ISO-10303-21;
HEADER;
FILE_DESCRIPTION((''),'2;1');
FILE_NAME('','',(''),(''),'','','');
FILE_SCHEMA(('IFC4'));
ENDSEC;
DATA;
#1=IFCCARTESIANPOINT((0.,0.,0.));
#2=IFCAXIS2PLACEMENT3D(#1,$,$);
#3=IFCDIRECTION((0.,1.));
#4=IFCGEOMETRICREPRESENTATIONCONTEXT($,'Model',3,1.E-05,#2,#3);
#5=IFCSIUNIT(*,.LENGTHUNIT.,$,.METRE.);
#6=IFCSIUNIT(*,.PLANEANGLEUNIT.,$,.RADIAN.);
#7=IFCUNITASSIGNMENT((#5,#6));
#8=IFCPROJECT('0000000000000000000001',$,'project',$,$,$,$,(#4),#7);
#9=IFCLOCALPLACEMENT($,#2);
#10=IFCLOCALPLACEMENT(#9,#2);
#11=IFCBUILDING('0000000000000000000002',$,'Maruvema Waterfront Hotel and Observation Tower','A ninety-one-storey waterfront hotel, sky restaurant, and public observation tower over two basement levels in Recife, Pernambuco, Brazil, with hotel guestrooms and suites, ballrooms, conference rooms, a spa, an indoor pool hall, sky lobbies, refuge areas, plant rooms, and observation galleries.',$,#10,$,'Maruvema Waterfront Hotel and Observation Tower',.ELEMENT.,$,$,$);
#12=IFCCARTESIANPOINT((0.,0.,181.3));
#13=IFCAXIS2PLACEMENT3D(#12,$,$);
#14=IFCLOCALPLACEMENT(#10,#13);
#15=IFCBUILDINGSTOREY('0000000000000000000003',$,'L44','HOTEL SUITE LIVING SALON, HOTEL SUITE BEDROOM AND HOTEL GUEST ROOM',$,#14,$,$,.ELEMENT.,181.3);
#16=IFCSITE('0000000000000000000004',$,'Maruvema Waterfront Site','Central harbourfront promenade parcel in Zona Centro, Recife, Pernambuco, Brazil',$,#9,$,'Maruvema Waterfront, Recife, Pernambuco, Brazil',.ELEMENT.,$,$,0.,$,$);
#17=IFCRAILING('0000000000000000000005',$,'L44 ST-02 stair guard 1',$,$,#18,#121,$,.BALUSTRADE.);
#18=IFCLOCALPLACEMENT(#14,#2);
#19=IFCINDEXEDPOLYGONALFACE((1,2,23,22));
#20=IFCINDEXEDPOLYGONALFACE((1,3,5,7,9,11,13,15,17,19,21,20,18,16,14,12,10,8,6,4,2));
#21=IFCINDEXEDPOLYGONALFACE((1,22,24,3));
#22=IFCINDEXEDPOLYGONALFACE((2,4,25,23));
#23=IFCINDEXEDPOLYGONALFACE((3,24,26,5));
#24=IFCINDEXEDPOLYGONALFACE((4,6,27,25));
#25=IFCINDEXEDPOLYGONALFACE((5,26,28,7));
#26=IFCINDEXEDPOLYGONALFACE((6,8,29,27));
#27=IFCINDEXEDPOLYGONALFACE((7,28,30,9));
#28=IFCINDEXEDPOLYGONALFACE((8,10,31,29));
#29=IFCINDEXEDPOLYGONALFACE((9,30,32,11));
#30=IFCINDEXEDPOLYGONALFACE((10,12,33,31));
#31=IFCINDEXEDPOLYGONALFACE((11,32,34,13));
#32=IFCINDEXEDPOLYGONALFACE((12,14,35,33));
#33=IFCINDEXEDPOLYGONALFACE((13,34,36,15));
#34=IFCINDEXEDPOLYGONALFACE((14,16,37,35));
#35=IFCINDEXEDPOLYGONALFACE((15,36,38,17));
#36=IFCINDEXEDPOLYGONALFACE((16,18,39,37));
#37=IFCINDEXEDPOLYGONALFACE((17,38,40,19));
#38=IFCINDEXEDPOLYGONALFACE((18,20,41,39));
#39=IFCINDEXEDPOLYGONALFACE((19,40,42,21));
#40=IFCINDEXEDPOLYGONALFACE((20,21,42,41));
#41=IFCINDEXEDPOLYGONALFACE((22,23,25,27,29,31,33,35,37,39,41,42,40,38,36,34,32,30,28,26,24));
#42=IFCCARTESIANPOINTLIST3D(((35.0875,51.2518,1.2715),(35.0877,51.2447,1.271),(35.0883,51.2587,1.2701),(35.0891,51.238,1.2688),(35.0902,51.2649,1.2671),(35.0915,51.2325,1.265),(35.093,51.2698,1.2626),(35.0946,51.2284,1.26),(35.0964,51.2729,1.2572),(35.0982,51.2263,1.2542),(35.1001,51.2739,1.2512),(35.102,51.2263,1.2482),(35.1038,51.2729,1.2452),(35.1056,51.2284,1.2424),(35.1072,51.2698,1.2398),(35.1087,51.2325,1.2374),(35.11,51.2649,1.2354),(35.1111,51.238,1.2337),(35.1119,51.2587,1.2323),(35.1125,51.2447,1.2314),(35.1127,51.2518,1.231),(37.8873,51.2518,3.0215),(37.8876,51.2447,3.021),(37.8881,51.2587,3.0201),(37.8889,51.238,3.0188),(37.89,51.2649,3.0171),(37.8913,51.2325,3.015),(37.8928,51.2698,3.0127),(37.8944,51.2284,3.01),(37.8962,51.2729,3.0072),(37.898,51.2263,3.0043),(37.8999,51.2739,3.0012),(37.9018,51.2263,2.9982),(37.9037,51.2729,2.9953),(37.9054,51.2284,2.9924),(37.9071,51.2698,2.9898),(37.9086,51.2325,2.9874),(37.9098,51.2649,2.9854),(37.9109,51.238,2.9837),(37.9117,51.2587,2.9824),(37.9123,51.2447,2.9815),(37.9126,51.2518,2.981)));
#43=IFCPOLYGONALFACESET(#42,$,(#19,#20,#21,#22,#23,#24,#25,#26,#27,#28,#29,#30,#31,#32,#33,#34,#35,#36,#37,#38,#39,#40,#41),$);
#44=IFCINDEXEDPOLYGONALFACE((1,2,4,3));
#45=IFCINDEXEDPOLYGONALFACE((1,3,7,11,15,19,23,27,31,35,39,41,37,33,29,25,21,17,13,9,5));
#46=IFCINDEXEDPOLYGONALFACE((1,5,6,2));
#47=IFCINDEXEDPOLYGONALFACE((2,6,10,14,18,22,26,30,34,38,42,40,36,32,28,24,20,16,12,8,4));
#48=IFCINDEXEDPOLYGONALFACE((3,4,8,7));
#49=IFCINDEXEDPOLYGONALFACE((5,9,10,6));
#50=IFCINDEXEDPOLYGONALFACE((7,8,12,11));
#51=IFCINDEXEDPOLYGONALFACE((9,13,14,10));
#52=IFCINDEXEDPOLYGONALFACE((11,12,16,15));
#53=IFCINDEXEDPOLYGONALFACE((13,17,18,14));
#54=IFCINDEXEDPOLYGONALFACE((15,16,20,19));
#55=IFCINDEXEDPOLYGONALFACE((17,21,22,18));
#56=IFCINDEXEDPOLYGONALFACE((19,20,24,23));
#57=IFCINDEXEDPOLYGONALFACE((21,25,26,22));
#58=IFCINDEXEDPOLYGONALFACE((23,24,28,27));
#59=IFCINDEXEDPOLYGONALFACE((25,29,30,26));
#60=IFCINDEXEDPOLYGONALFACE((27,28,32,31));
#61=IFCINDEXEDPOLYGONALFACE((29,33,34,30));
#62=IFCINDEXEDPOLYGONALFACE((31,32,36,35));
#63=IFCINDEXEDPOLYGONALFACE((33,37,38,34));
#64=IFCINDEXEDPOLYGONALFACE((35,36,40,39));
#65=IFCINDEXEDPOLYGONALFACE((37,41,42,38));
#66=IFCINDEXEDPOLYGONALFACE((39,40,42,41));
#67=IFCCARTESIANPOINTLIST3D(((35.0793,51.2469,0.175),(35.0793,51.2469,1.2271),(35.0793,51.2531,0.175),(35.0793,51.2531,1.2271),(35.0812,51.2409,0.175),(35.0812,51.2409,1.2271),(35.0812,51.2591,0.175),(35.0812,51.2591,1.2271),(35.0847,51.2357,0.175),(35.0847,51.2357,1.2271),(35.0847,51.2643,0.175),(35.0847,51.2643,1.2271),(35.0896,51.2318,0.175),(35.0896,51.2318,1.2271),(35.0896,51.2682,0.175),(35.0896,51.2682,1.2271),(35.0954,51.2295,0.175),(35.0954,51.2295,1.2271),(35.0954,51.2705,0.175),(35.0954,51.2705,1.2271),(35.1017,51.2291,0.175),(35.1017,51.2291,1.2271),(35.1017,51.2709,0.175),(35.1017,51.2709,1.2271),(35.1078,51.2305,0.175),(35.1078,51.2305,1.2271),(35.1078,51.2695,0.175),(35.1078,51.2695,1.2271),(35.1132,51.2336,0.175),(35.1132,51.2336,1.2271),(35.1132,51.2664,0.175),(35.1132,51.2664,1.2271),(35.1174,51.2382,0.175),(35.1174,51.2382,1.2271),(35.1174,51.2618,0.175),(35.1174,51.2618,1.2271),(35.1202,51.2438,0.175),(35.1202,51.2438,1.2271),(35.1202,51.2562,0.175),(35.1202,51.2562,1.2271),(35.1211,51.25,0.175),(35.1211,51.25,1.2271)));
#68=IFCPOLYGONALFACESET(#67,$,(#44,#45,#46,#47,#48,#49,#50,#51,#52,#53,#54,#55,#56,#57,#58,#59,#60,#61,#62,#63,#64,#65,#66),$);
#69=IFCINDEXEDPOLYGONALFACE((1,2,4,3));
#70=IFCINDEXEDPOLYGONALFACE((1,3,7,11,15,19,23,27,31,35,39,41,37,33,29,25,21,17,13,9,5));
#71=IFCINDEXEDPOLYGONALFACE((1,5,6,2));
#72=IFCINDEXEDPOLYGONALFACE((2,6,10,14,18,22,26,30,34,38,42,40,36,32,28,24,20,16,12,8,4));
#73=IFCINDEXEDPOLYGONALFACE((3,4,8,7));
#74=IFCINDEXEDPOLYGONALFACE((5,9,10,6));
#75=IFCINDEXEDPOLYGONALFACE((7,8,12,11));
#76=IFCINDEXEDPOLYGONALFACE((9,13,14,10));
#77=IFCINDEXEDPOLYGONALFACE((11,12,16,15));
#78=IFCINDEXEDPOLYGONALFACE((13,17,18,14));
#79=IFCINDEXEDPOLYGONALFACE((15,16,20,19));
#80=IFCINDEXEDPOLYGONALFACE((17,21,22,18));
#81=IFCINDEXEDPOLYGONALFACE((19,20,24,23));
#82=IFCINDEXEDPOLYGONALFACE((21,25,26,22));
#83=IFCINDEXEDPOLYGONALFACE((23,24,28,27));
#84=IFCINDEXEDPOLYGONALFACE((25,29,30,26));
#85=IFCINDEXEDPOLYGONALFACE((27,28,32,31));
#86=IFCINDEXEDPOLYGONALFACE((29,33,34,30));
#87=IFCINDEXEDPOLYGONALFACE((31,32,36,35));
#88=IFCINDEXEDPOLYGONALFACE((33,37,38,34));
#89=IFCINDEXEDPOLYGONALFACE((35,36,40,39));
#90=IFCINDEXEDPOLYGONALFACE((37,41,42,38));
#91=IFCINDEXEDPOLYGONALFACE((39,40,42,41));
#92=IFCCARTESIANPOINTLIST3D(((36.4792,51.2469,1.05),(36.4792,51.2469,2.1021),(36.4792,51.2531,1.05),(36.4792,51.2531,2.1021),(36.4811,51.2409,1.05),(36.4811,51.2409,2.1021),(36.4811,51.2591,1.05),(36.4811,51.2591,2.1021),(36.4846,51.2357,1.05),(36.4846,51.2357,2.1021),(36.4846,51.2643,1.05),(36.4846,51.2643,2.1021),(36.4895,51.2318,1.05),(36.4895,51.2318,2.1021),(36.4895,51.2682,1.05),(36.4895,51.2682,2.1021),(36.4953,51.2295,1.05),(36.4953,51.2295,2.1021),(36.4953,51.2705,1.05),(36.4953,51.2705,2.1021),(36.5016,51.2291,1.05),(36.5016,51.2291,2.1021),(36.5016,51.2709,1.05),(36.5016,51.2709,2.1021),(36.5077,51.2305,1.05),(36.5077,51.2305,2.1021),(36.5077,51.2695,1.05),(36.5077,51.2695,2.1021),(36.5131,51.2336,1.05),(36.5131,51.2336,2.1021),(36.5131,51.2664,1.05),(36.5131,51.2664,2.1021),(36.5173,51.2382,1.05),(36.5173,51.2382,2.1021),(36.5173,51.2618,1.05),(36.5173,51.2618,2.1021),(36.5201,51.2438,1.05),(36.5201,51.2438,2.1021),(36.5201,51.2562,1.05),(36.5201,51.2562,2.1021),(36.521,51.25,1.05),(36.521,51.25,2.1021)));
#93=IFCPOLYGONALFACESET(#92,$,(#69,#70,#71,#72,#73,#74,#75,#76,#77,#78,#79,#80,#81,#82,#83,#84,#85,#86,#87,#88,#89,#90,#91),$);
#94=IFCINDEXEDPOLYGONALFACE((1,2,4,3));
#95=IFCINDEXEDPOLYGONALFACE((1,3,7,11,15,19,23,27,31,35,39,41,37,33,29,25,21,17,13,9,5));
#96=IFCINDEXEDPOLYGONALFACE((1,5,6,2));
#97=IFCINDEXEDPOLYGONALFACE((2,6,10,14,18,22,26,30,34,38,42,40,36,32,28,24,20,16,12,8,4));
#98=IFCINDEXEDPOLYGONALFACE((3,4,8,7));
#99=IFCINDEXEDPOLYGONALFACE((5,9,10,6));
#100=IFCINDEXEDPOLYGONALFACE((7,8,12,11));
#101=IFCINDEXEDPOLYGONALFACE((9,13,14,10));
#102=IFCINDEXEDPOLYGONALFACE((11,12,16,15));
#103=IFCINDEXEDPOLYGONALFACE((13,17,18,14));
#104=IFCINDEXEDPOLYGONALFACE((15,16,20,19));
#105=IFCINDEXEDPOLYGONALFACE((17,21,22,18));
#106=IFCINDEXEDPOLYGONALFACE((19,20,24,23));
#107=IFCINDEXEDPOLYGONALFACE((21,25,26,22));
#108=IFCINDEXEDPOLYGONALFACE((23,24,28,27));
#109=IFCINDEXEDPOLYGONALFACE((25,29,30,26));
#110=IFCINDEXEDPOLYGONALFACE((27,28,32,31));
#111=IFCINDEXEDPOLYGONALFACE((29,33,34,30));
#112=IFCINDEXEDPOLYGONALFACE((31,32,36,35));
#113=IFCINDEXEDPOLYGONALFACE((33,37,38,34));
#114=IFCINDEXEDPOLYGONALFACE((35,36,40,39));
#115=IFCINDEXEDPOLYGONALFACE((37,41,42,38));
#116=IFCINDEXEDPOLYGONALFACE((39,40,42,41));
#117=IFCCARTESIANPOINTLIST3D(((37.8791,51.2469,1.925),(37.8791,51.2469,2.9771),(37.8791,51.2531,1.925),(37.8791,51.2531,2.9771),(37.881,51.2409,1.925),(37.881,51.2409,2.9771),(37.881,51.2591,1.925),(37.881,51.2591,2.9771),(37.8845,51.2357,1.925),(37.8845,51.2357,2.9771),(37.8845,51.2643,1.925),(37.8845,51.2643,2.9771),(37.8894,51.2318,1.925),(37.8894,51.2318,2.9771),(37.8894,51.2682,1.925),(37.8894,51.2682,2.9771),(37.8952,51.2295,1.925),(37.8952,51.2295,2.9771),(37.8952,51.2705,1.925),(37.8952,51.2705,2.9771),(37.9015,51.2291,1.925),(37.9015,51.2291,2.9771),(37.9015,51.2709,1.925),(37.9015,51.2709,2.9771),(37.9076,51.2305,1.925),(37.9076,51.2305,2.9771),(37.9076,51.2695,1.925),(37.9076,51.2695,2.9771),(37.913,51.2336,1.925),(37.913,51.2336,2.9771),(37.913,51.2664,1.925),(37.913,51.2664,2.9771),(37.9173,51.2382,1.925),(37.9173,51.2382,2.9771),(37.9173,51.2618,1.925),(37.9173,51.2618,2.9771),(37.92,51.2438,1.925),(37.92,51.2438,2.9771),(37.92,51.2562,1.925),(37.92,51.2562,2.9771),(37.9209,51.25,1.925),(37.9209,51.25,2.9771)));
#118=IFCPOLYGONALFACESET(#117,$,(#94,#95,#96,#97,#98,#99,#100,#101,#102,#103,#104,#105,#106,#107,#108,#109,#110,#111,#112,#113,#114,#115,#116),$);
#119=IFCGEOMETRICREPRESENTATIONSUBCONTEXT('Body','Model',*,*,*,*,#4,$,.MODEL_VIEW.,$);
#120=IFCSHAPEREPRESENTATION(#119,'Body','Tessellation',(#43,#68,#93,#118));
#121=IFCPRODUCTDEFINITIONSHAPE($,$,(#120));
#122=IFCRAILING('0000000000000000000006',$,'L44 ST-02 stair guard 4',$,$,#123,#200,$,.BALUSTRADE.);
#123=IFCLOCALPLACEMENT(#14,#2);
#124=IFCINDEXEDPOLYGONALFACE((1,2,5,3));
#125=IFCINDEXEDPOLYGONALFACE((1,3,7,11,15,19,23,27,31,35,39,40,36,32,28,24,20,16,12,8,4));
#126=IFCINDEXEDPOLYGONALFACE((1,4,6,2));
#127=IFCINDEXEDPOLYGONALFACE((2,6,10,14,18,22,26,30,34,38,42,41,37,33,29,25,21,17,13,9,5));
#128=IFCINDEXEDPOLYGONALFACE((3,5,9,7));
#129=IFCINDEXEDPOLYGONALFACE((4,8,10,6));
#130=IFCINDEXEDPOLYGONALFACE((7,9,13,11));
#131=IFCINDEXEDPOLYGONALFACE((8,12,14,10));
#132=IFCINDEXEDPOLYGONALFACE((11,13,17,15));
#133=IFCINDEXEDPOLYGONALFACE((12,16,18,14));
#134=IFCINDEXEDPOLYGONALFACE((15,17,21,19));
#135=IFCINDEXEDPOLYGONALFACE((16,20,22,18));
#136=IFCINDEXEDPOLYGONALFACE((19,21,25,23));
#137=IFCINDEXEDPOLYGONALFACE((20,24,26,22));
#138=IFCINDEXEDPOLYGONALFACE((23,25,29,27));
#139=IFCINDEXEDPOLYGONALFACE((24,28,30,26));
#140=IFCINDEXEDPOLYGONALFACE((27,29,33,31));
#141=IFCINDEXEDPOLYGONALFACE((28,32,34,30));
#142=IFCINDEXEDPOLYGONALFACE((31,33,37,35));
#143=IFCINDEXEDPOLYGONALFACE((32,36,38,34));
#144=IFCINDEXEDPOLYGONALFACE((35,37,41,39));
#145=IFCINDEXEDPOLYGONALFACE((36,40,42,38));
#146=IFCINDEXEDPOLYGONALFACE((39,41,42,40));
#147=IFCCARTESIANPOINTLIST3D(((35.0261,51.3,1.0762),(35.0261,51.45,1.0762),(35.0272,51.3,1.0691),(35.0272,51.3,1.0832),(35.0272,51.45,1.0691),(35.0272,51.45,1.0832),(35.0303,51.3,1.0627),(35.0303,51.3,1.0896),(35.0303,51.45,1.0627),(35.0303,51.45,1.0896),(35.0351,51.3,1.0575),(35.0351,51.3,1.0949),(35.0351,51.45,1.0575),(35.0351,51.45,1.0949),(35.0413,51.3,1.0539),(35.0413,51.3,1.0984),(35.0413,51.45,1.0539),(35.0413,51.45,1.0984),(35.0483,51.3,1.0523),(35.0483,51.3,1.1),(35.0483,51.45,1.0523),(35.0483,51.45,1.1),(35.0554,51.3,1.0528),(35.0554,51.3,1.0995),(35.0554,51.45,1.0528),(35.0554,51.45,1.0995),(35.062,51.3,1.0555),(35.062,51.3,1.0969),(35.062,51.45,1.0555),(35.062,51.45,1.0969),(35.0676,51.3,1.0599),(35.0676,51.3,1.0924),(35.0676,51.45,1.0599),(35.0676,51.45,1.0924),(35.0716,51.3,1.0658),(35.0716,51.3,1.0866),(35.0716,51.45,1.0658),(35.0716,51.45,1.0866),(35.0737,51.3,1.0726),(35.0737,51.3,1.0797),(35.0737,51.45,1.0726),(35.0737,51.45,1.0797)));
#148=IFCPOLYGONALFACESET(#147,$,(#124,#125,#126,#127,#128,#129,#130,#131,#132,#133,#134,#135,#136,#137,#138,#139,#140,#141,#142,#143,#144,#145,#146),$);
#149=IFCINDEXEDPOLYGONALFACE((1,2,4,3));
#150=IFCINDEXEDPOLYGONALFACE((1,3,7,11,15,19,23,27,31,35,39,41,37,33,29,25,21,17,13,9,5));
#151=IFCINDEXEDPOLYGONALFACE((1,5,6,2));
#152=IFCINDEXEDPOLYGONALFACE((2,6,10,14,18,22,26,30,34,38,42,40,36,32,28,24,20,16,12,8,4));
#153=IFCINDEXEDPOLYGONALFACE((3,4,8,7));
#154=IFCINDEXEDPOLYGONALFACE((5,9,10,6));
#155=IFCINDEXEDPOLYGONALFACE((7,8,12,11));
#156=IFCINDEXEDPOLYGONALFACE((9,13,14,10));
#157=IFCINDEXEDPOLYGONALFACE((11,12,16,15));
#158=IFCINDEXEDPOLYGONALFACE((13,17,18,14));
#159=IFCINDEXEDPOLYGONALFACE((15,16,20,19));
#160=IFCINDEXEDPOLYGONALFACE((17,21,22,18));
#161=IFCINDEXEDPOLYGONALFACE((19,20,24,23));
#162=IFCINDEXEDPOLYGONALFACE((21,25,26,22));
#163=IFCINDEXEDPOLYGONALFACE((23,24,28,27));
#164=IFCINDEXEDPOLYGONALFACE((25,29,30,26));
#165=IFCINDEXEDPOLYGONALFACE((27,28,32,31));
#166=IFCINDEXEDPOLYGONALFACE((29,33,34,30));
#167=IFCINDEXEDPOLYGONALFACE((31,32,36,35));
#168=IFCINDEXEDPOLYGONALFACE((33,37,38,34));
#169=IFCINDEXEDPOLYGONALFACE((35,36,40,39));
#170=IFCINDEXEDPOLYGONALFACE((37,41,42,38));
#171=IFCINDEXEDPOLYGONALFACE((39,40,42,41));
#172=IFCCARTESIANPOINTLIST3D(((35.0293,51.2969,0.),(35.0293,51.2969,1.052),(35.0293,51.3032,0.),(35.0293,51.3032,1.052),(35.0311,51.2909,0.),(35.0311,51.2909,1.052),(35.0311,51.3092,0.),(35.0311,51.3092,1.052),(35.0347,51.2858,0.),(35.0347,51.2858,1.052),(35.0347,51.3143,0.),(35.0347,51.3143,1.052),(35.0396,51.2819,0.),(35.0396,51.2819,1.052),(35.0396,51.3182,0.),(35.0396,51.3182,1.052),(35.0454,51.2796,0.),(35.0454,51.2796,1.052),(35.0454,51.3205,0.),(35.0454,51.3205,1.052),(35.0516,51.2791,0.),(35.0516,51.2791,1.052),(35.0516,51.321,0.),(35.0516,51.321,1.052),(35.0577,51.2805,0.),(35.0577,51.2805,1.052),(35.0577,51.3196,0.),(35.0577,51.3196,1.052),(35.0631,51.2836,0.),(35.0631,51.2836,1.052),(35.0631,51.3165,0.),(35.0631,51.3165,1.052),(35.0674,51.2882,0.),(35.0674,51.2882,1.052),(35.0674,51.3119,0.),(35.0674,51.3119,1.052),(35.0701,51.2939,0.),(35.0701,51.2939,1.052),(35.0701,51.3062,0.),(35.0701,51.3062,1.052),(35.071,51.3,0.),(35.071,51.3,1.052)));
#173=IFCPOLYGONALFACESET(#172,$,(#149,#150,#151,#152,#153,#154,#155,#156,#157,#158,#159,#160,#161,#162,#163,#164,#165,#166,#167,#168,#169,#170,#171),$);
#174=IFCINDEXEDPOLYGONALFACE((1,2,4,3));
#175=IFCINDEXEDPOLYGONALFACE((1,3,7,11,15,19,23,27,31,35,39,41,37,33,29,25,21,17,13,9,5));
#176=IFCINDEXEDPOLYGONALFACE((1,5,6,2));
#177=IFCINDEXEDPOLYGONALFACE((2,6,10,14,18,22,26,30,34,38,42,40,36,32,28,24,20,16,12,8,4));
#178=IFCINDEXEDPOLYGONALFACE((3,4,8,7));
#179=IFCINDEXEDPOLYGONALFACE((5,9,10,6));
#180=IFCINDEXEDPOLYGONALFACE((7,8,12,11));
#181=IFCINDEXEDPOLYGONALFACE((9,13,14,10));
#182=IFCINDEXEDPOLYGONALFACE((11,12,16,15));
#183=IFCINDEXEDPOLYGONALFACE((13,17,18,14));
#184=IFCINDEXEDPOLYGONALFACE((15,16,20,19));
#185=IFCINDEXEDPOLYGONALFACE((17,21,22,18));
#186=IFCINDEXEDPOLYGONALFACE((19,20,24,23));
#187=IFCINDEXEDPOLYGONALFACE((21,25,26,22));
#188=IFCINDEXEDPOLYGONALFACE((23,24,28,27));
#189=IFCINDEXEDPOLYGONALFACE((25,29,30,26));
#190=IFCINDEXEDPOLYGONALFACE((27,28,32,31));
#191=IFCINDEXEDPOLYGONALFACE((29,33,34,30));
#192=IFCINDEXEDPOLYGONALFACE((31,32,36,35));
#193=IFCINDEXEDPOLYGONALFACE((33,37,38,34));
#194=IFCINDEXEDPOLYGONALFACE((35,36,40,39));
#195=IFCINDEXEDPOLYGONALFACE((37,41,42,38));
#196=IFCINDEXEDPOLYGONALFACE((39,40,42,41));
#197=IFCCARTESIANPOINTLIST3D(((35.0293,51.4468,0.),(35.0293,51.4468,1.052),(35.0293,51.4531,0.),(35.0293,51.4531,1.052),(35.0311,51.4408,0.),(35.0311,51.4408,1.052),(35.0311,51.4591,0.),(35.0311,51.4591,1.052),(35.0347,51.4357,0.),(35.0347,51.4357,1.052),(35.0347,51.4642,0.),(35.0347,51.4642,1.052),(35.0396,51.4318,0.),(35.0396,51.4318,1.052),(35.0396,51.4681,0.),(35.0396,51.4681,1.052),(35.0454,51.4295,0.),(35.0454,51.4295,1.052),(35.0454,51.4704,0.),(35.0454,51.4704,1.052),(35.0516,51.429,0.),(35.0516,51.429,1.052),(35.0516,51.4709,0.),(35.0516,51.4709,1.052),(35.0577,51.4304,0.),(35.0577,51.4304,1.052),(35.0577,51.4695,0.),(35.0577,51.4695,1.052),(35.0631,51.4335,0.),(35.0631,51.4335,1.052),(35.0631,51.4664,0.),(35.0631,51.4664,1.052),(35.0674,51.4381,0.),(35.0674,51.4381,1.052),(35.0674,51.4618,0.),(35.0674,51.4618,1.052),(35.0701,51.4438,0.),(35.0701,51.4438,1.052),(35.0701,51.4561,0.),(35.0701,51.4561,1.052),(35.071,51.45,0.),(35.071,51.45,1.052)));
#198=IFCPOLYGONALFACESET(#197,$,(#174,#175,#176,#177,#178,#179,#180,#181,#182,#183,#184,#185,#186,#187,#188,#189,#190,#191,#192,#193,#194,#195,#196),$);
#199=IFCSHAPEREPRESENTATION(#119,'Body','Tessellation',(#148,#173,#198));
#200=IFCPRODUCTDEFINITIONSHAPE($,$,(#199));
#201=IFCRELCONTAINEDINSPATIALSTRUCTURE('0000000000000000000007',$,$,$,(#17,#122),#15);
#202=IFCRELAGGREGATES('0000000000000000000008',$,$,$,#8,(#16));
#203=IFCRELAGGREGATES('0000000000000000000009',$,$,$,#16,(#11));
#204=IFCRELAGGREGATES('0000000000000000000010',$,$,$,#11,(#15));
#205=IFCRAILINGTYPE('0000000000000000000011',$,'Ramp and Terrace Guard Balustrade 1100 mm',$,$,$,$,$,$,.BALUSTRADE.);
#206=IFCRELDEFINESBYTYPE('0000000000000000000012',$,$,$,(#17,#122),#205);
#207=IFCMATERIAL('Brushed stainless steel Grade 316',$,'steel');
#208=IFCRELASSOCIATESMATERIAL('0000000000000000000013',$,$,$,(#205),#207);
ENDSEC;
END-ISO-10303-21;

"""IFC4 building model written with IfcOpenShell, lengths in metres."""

from ifc_helpers import new_model, si_unit, direction, frame, origin, origin_2d, place, context, subcontext, project, spatial, circle, extrude, material, type_object, element, save


model = new_model("IFC4")

# Units and contexts
model_context = context("Model", 3, precision=1e-05, world=origin(), true_north=direction((0.0, 1.0)))
body_context = subcontext(model_context, "Body", "Model", "MODEL_VIEW")
ifc_project = project(units=[si_unit("LENGTHUNIT", "METRE"), si_unit("PLANEANGLEUNIT", "RADIAN")], contexts=[model_context])

# Site, building, storey
site_placement = place(None, origin())
site = spatial("IfcSite", under=ifc_project, at=site_placement, Name="Maruvema Waterfront Site", Description="Central harbourfront promenade parcel in Zona Centro, Recife, Pernambuco, Brazil", LongName="Maruvema Waterfront, Recife, Pernambuco, Brazil", CompositionType="ELEMENT", RefElevation=0.0)
building_placement = place(site_placement, origin())
building = spatial("IfcBuilding", under=site, at=building_placement, Name="Maruvema Waterfront Hotel and Observation Tower", Description="A ninety-one-storey waterfront hotel, sky restaurant, and public observation tower over two basement levels in Recife, Pernambuco, Brazil, with hotel guestrooms and suites, ballrooms, conference rooms, a spa, an indoor pool hall, sky lobbies, refuge areas, plant rooms, and observation galleries.", LongName="Maruvema Waterfront Hotel and Observation Tower", CompositionType="ELEMENT")
storey_placement = place(building_placement, frame((0.0, 0.0, 181.3)))
storey = spatial("IfcBuildingStorey", under=building, at=storey_placement, Name="L44", Description="HOTEL SUITE LIVING SALON, HOTEL SUITE BEDROOM AND HOTEL GUEST ROOM", CompositionType="ELEMENT", Elevation=181.3)

# Railings
ifc_material_1 = material(Name="Brushed stainless steel Grade 316", Category="steel")
railing_type_1 = type_object("IfcRailingType", Name="Ramp and Terrace Guard Balustrade 1100 mm", PredefinedType="BALUSTRADE", material=ifc_material_1)
railing_1_placement = place(storey_placement, frame((35.1001, 51.25, 0.175)))
element("IfcRailing", 1, at=railing_1_placement, inside=storey, type_object=railing_type_1, Name="L44 ST-02 stair guard 1", PredefinedType="BALUSTRADE", context=body_context, shape_type="SweptSolid", body=[
    extrude(circle(Radius=0.0239, at=origin_2d()), frame((0.0, 0.0, 1.0762), z_axis=(0.847982, 0.0, 0.530026), x_axis=(0.0, 1.0, 0.0)), (0.0, 0.0, 1.0), 3.3018),
    extrude(circle(Radius=0.021, at=origin_2d()), origin(), (0.0, 0.0, 1.0), 1.052),
    extrude(circle(Radius=0.021, at=origin_2d()), frame((1.3999, 0.0, 0.875)), (0.0, 0.0, 1.0), 1.052),
    extrude(circle(Radius=0.021, at=origin_2d()), frame((2.7998, 0.0, 1.75)), (0.0, 0.0, 1.0), 1.052),
])
railing_2_placement = place(storey_placement, frame((35.05, 51.3, 0.0)))
element("IfcRailing", 2, at=railing_2_placement, inside=storey, type_object=railing_type_1, Name="L44 ST-02 stair guard 4", PredefinedType="BALUSTRADE", context=body_context, shape_type="SweptSolid", body=[
    extrude(circle(Radius=0.0239, at=origin_2d()), frame((0.0, 0.0, 1.0762), z_axis=(0.0, 1.0, 0.0), x_axis=(-1.0, 0.0, 0.0)), (0.0, 0.0, 1.0), 0.1499),
    extrude(circle(Radius=0.021, at=origin_2d()), origin(), (0.0, 0.0, 1.0), 1.052),
    extrude(circle(Radius=0.021, at=origin_2d()), frame((0.0, 0.1499, 0.0)), (0.0, 0.0, 1.0), 1.052),
])

save(model, "model.ifc")
